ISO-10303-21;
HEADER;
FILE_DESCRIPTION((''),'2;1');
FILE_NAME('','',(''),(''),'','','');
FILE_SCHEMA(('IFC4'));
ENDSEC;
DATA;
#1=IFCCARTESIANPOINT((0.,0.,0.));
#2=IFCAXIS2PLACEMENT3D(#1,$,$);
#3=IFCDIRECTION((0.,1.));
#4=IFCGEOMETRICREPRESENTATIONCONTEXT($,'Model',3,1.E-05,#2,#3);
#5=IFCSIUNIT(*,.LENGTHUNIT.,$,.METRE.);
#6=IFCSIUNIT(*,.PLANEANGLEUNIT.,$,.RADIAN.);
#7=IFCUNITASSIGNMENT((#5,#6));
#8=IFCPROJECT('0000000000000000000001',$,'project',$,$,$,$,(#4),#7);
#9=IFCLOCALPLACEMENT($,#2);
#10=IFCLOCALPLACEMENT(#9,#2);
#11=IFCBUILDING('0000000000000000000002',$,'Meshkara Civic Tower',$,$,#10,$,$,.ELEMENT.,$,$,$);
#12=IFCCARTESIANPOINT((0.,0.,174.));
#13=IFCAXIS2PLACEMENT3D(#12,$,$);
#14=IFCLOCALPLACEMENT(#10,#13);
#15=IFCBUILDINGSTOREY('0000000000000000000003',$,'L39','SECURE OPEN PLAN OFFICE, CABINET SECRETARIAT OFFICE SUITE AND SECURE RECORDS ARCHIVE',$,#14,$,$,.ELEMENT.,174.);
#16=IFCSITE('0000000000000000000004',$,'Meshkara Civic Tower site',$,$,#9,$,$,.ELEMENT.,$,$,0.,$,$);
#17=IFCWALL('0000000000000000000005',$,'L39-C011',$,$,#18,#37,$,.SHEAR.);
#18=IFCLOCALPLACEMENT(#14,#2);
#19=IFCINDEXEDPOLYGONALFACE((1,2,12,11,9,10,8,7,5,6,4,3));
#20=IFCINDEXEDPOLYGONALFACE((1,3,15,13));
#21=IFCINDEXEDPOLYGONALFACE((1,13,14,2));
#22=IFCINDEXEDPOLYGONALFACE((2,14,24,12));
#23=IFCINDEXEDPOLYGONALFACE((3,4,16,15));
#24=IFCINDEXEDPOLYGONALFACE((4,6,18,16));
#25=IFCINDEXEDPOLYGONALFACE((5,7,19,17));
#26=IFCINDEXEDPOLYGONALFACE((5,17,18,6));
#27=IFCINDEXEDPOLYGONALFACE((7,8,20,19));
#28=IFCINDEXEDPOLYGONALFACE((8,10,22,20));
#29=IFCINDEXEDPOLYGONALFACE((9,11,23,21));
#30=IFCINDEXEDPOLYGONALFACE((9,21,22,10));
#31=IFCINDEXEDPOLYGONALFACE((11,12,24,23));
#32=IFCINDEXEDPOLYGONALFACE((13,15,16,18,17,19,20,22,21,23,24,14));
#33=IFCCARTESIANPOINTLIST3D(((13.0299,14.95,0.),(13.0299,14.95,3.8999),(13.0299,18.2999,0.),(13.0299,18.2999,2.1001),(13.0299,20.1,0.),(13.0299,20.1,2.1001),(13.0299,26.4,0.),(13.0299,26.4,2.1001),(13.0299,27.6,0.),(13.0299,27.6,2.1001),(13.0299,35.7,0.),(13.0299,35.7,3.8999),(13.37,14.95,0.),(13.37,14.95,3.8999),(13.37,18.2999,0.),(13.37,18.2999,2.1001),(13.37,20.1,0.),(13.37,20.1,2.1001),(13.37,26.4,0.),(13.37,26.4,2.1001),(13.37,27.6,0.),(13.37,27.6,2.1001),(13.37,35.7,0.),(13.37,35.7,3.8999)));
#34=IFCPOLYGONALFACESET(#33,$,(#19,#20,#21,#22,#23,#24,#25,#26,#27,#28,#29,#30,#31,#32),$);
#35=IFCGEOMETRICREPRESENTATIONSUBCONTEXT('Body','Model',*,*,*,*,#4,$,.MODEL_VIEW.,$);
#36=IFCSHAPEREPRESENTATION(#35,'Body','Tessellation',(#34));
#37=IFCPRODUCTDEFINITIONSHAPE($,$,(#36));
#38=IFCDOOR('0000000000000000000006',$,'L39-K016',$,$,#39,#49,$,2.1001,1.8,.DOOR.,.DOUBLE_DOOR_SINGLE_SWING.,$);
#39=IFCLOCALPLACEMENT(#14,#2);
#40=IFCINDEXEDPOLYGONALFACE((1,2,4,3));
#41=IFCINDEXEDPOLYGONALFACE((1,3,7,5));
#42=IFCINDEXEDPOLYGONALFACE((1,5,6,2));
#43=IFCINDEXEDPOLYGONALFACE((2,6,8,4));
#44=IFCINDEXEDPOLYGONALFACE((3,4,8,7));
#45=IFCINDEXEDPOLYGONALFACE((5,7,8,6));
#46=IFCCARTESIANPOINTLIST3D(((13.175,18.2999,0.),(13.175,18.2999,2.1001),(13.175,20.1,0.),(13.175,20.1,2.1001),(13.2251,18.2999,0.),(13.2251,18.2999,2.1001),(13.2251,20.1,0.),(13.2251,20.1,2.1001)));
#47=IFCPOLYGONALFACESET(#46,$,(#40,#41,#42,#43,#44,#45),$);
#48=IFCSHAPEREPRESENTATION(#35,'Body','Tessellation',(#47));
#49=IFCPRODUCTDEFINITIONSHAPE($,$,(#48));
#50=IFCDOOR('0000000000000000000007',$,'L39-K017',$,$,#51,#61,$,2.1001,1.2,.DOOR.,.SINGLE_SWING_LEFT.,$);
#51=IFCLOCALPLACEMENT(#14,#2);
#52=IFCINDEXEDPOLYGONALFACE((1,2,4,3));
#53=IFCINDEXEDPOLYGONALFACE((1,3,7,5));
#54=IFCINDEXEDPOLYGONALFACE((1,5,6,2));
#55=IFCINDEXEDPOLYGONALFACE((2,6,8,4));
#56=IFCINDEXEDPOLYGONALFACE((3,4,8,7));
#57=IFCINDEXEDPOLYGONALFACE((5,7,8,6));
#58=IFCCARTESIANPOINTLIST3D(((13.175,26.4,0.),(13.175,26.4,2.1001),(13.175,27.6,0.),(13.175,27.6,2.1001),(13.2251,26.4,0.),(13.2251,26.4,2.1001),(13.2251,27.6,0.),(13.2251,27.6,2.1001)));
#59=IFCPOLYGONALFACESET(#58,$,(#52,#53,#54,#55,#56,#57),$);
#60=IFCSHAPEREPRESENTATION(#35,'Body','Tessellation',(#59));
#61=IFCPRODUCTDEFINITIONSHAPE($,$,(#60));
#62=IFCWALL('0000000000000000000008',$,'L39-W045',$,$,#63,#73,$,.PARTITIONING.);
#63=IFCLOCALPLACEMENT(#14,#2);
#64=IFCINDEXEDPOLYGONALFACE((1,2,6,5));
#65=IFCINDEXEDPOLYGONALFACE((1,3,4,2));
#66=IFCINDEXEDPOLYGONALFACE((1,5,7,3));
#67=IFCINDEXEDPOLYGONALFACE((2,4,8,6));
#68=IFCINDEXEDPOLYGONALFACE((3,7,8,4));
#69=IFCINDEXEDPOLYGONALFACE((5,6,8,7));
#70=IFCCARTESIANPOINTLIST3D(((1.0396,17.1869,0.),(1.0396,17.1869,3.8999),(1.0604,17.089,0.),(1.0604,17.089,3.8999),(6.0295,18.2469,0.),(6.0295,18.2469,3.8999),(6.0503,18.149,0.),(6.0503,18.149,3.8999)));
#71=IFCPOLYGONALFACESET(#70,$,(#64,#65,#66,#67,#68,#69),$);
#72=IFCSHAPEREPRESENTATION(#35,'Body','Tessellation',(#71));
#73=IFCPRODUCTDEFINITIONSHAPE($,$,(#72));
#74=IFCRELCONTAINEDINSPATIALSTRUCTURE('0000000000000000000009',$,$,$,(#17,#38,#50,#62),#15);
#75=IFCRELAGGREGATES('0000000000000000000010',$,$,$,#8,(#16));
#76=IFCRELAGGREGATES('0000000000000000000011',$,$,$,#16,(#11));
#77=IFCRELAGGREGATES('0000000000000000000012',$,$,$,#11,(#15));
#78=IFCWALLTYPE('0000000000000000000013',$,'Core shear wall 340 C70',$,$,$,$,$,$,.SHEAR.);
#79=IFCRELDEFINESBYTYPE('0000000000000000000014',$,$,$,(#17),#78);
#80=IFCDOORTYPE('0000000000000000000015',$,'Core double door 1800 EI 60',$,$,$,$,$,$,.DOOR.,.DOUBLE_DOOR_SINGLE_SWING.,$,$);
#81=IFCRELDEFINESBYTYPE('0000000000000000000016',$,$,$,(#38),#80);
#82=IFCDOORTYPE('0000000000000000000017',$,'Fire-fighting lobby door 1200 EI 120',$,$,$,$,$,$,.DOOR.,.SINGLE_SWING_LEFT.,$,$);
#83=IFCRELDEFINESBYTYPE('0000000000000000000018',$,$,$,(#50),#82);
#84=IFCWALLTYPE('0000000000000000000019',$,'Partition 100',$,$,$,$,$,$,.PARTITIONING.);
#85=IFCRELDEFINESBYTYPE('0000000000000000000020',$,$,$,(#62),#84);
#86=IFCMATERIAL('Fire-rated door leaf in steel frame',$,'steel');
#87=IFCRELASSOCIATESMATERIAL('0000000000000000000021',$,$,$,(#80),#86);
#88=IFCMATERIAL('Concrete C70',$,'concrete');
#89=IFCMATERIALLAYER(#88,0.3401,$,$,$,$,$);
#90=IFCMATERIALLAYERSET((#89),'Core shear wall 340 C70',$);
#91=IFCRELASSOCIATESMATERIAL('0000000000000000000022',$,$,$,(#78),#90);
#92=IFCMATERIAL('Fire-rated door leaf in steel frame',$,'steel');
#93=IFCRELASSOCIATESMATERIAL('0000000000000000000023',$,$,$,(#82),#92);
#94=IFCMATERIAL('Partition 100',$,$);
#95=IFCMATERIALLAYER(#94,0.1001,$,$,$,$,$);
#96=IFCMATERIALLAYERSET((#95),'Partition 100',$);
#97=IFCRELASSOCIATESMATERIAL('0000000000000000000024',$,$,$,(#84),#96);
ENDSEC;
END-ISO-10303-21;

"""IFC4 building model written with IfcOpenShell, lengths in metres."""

from ifc_helpers import new_model, si_unit, direction, frame, frame_2d, origin, place, context, subcontext, project, spatial, rectangle, extrude, material, layer, layer_set, type_object, element, fill, save


model = new_model("IFC4")

# Units and contexts
model_context = context("Model", 3, precision=1e-05, world=origin(), true_north=direction((0.0, 1.0)))
body_context = subcontext(model_context, "Body", "Model", "MODEL_VIEW")
ifc_project = project(units=[si_unit("LENGTHUNIT", "METRE"), si_unit("PLANEANGLEUNIT", "RADIAN")], contexts=[model_context])

# Site, building, storey
site_placement = place(None, origin())
site = spatial("IfcSite", under=ifc_project, at=site_placement, Name="Meshkara Civic Tower site", CompositionType="ELEMENT", RefElevation=0.0)
building_placement = place(site_placement, origin())
building = spatial("IfcBuilding", under=site, at=building_placement, Name="Meshkara Civic Tower", CompositionType="ELEMENT")
storey_placement = place(building_placement, frame((0.0, 0.0, 174.0)))
storey = spatial("IfcBuildingStorey", under=building, at=storey_placement, Name="L39", Description="SECURE OPEN PLAN OFFICE, CABINET SECRETARIAT OFFICE SUITE AND SECURE RECORDS ARCHIVE", CompositionType="ELEMENT", Elevation=174.0)

# Shared definitions
ifc_material_1 = material(Name="Fire-rated door leaf in steel frame", Category="steel")
door_type_1 = type_object("IfcDoorType", Name="Core double door 1800 EI 60", OperationType="DOUBLE_DOOR_SINGLE_SWING", PredefinedType="DOOR", material=ifc_material_1)

# Shared definitions
ifc_material_2 = material(Name="Concrete C70", Category="concrete")
ifc_layer_1 = layer(ifc_material_2, 0.3401)
ifc_layer_set_1 = layer_set([ifc_layer_1], Name="Core shear wall 340 C70")
wall_type_1 = type_object("IfcWallType", Name="Core shear wall 340 C70", PredefinedType="SHEAR", material=ifc_layer_set_1)

# Wall, openings, doors
wall_1_placement = place(storey_placement, frame((13.2, 14.95, 0.0), z_axis=(0.0, 0.0, 1.0), x_axis=(0.0, 1.0, 0.0)))
wall_1 = element("IfcWall", 1, at=wall_1_placement, inside=storey, type_object=wall_type_1, Name="L39-C011", PredefinedType="SHEAR", context=body_context, shape_type="SweptSolid", body=[
    extrude(rectangle(XDim=20.75, YDim=0.3401, at=frame_2d((10.375, 0.0))), origin(), (0.0, 0.0, 1.0), 3.8999),
])
opening_1_placement = place(wall_1_placement, frame((3.3501, 0.0, 0.0)))
opening_1 = element("IfcOpeningElement", 2, at=opening_1_placement, cuts=wall_1, PredefinedType="OPENING", context=body_context, shape_type="SweptSolid", body=[
    extrude(rectangle(XDim=1.8, YDim=2.1001, at=frame_2d((0.8999, 1.05))), frame((0.0, 0.1799, 0.0), z_axis=(0.0, -1.0, 0.0), x_axis=(1.0, 0.0, 0.0)), (0.0, 0.0, 1.0), 0.3601),
])
opening_2_placement = place(wall_1_placement, frame((11.45, 0.0, 0.0)))
opening_2 = element("IfcOpeningElement", 3, at=opening_2_placement, cuts=wall_1, PredefinedType="OPENING", context=body_context, shape_type="SweptSolid", body=[
    extrude(rectangle(XDim=1.2, YDim=2.1001, at=frame_2d((0.6001, 1.05))), frame((0.0, 0.1799, 0.0), z_axis=(0.0, -1.0, 0.0), x_axis=(1.0, 0.0, 0.0)), (0.0, 0.0, 1.0), 0.3601),
])
door_1_placement = place(opening_1_placement, origin())
door_1 = element("IfcDoor", 4, at=door_1_placement, inside=storey, type_object=door_type_1, Name="L39-K016", OperationType="DOUBLE_DOOR_SINGLE_SWING", OverallHeight=2.1001, OverallWidth=1.8, PredefinedType="DOOR", context=body_context, shape_type="SweptSolid", body=[
    extrude(rectangle(XDim=1.8, YDim=2.1001, at=frame_2d((0.8999, 1.05))), frame((0.0, 0.0249, 0.0), z_axis=(0.0, -1.0, 0.0), x_axis=(1.0, 0.0, 0.0)), (0.0, 0.0, 1.0), 0.05),
])
fill(opening_1, door_1)
ifc_material_3 = material(Name="Fire-rated door leaf in steel frame", Category="steel")
door_type_2 = type_object("IfcDoorType", Name="Fire-fighting lobby door 1200 EI 120", OperationType="SINGLE_SWING_LEFT", PredefinedType="DOOR", material=ifc_material_3)
door_2_placement = place(opening_2_placement, origin())
door_2 = element("IfcDoor", 5, at=door_2_placement, inside=storey, type_object=door_type_2, Name="L39-K017", OperationType="SINGLE_SWING_LEFT", OverallHeight=2.1001, OverallWidth=1.2, PredefinedType="DOOR", context=body_context, shape_type="SweptSolid", body=[
    extrude(rectangle(XDim=1.2, YDim=2.1001, at=frame_2d((0.6001, 1.05))), frame((0.0, 0.0249, 0.0), z_axis=(0.0, -1.0, 0.0), x_axis=(1.0, 0.0, 0.0)), (0.0, 0.0, 1.0), 0.05),
])
fill(opening_2, door_2)

# Wall
ifc_material_4 = material(Name="Partition 100")
ifc_layer_2 = layer(ifc_material_4, 0.1001)
ifc_layer_set_2 = layer_set([ifc_layer_2], Name="Partition 100")
wall_type_2 = type_object("IfcWallType", Name="Partition 100", PredefinedType="PARTITIONING", material=ifc_layer_set_2)
wall_2_placement = place(storey_placement, frame((6.04, 18.198, 0.0), z_axis=(0.0, 0.0, 1.0), x_axis=(-0.978171, -0.2078, 0.0)))
element("IfcWall", 6, at=wall_2_placement, inside=storey, type_object=wall_type_2, Name="L39-W045", PredefinedType="PARTITIONING", context=body_context, shape_type="SweptSolid", body=[
    extrude(rectangle(XDim=5.1013, YDim=0.1001, at=frame_2d((2.5508, 0.0))), origin(), (0.0, 0.0, 1.0), 3.8999),
])

save(model, "model.ifc")
